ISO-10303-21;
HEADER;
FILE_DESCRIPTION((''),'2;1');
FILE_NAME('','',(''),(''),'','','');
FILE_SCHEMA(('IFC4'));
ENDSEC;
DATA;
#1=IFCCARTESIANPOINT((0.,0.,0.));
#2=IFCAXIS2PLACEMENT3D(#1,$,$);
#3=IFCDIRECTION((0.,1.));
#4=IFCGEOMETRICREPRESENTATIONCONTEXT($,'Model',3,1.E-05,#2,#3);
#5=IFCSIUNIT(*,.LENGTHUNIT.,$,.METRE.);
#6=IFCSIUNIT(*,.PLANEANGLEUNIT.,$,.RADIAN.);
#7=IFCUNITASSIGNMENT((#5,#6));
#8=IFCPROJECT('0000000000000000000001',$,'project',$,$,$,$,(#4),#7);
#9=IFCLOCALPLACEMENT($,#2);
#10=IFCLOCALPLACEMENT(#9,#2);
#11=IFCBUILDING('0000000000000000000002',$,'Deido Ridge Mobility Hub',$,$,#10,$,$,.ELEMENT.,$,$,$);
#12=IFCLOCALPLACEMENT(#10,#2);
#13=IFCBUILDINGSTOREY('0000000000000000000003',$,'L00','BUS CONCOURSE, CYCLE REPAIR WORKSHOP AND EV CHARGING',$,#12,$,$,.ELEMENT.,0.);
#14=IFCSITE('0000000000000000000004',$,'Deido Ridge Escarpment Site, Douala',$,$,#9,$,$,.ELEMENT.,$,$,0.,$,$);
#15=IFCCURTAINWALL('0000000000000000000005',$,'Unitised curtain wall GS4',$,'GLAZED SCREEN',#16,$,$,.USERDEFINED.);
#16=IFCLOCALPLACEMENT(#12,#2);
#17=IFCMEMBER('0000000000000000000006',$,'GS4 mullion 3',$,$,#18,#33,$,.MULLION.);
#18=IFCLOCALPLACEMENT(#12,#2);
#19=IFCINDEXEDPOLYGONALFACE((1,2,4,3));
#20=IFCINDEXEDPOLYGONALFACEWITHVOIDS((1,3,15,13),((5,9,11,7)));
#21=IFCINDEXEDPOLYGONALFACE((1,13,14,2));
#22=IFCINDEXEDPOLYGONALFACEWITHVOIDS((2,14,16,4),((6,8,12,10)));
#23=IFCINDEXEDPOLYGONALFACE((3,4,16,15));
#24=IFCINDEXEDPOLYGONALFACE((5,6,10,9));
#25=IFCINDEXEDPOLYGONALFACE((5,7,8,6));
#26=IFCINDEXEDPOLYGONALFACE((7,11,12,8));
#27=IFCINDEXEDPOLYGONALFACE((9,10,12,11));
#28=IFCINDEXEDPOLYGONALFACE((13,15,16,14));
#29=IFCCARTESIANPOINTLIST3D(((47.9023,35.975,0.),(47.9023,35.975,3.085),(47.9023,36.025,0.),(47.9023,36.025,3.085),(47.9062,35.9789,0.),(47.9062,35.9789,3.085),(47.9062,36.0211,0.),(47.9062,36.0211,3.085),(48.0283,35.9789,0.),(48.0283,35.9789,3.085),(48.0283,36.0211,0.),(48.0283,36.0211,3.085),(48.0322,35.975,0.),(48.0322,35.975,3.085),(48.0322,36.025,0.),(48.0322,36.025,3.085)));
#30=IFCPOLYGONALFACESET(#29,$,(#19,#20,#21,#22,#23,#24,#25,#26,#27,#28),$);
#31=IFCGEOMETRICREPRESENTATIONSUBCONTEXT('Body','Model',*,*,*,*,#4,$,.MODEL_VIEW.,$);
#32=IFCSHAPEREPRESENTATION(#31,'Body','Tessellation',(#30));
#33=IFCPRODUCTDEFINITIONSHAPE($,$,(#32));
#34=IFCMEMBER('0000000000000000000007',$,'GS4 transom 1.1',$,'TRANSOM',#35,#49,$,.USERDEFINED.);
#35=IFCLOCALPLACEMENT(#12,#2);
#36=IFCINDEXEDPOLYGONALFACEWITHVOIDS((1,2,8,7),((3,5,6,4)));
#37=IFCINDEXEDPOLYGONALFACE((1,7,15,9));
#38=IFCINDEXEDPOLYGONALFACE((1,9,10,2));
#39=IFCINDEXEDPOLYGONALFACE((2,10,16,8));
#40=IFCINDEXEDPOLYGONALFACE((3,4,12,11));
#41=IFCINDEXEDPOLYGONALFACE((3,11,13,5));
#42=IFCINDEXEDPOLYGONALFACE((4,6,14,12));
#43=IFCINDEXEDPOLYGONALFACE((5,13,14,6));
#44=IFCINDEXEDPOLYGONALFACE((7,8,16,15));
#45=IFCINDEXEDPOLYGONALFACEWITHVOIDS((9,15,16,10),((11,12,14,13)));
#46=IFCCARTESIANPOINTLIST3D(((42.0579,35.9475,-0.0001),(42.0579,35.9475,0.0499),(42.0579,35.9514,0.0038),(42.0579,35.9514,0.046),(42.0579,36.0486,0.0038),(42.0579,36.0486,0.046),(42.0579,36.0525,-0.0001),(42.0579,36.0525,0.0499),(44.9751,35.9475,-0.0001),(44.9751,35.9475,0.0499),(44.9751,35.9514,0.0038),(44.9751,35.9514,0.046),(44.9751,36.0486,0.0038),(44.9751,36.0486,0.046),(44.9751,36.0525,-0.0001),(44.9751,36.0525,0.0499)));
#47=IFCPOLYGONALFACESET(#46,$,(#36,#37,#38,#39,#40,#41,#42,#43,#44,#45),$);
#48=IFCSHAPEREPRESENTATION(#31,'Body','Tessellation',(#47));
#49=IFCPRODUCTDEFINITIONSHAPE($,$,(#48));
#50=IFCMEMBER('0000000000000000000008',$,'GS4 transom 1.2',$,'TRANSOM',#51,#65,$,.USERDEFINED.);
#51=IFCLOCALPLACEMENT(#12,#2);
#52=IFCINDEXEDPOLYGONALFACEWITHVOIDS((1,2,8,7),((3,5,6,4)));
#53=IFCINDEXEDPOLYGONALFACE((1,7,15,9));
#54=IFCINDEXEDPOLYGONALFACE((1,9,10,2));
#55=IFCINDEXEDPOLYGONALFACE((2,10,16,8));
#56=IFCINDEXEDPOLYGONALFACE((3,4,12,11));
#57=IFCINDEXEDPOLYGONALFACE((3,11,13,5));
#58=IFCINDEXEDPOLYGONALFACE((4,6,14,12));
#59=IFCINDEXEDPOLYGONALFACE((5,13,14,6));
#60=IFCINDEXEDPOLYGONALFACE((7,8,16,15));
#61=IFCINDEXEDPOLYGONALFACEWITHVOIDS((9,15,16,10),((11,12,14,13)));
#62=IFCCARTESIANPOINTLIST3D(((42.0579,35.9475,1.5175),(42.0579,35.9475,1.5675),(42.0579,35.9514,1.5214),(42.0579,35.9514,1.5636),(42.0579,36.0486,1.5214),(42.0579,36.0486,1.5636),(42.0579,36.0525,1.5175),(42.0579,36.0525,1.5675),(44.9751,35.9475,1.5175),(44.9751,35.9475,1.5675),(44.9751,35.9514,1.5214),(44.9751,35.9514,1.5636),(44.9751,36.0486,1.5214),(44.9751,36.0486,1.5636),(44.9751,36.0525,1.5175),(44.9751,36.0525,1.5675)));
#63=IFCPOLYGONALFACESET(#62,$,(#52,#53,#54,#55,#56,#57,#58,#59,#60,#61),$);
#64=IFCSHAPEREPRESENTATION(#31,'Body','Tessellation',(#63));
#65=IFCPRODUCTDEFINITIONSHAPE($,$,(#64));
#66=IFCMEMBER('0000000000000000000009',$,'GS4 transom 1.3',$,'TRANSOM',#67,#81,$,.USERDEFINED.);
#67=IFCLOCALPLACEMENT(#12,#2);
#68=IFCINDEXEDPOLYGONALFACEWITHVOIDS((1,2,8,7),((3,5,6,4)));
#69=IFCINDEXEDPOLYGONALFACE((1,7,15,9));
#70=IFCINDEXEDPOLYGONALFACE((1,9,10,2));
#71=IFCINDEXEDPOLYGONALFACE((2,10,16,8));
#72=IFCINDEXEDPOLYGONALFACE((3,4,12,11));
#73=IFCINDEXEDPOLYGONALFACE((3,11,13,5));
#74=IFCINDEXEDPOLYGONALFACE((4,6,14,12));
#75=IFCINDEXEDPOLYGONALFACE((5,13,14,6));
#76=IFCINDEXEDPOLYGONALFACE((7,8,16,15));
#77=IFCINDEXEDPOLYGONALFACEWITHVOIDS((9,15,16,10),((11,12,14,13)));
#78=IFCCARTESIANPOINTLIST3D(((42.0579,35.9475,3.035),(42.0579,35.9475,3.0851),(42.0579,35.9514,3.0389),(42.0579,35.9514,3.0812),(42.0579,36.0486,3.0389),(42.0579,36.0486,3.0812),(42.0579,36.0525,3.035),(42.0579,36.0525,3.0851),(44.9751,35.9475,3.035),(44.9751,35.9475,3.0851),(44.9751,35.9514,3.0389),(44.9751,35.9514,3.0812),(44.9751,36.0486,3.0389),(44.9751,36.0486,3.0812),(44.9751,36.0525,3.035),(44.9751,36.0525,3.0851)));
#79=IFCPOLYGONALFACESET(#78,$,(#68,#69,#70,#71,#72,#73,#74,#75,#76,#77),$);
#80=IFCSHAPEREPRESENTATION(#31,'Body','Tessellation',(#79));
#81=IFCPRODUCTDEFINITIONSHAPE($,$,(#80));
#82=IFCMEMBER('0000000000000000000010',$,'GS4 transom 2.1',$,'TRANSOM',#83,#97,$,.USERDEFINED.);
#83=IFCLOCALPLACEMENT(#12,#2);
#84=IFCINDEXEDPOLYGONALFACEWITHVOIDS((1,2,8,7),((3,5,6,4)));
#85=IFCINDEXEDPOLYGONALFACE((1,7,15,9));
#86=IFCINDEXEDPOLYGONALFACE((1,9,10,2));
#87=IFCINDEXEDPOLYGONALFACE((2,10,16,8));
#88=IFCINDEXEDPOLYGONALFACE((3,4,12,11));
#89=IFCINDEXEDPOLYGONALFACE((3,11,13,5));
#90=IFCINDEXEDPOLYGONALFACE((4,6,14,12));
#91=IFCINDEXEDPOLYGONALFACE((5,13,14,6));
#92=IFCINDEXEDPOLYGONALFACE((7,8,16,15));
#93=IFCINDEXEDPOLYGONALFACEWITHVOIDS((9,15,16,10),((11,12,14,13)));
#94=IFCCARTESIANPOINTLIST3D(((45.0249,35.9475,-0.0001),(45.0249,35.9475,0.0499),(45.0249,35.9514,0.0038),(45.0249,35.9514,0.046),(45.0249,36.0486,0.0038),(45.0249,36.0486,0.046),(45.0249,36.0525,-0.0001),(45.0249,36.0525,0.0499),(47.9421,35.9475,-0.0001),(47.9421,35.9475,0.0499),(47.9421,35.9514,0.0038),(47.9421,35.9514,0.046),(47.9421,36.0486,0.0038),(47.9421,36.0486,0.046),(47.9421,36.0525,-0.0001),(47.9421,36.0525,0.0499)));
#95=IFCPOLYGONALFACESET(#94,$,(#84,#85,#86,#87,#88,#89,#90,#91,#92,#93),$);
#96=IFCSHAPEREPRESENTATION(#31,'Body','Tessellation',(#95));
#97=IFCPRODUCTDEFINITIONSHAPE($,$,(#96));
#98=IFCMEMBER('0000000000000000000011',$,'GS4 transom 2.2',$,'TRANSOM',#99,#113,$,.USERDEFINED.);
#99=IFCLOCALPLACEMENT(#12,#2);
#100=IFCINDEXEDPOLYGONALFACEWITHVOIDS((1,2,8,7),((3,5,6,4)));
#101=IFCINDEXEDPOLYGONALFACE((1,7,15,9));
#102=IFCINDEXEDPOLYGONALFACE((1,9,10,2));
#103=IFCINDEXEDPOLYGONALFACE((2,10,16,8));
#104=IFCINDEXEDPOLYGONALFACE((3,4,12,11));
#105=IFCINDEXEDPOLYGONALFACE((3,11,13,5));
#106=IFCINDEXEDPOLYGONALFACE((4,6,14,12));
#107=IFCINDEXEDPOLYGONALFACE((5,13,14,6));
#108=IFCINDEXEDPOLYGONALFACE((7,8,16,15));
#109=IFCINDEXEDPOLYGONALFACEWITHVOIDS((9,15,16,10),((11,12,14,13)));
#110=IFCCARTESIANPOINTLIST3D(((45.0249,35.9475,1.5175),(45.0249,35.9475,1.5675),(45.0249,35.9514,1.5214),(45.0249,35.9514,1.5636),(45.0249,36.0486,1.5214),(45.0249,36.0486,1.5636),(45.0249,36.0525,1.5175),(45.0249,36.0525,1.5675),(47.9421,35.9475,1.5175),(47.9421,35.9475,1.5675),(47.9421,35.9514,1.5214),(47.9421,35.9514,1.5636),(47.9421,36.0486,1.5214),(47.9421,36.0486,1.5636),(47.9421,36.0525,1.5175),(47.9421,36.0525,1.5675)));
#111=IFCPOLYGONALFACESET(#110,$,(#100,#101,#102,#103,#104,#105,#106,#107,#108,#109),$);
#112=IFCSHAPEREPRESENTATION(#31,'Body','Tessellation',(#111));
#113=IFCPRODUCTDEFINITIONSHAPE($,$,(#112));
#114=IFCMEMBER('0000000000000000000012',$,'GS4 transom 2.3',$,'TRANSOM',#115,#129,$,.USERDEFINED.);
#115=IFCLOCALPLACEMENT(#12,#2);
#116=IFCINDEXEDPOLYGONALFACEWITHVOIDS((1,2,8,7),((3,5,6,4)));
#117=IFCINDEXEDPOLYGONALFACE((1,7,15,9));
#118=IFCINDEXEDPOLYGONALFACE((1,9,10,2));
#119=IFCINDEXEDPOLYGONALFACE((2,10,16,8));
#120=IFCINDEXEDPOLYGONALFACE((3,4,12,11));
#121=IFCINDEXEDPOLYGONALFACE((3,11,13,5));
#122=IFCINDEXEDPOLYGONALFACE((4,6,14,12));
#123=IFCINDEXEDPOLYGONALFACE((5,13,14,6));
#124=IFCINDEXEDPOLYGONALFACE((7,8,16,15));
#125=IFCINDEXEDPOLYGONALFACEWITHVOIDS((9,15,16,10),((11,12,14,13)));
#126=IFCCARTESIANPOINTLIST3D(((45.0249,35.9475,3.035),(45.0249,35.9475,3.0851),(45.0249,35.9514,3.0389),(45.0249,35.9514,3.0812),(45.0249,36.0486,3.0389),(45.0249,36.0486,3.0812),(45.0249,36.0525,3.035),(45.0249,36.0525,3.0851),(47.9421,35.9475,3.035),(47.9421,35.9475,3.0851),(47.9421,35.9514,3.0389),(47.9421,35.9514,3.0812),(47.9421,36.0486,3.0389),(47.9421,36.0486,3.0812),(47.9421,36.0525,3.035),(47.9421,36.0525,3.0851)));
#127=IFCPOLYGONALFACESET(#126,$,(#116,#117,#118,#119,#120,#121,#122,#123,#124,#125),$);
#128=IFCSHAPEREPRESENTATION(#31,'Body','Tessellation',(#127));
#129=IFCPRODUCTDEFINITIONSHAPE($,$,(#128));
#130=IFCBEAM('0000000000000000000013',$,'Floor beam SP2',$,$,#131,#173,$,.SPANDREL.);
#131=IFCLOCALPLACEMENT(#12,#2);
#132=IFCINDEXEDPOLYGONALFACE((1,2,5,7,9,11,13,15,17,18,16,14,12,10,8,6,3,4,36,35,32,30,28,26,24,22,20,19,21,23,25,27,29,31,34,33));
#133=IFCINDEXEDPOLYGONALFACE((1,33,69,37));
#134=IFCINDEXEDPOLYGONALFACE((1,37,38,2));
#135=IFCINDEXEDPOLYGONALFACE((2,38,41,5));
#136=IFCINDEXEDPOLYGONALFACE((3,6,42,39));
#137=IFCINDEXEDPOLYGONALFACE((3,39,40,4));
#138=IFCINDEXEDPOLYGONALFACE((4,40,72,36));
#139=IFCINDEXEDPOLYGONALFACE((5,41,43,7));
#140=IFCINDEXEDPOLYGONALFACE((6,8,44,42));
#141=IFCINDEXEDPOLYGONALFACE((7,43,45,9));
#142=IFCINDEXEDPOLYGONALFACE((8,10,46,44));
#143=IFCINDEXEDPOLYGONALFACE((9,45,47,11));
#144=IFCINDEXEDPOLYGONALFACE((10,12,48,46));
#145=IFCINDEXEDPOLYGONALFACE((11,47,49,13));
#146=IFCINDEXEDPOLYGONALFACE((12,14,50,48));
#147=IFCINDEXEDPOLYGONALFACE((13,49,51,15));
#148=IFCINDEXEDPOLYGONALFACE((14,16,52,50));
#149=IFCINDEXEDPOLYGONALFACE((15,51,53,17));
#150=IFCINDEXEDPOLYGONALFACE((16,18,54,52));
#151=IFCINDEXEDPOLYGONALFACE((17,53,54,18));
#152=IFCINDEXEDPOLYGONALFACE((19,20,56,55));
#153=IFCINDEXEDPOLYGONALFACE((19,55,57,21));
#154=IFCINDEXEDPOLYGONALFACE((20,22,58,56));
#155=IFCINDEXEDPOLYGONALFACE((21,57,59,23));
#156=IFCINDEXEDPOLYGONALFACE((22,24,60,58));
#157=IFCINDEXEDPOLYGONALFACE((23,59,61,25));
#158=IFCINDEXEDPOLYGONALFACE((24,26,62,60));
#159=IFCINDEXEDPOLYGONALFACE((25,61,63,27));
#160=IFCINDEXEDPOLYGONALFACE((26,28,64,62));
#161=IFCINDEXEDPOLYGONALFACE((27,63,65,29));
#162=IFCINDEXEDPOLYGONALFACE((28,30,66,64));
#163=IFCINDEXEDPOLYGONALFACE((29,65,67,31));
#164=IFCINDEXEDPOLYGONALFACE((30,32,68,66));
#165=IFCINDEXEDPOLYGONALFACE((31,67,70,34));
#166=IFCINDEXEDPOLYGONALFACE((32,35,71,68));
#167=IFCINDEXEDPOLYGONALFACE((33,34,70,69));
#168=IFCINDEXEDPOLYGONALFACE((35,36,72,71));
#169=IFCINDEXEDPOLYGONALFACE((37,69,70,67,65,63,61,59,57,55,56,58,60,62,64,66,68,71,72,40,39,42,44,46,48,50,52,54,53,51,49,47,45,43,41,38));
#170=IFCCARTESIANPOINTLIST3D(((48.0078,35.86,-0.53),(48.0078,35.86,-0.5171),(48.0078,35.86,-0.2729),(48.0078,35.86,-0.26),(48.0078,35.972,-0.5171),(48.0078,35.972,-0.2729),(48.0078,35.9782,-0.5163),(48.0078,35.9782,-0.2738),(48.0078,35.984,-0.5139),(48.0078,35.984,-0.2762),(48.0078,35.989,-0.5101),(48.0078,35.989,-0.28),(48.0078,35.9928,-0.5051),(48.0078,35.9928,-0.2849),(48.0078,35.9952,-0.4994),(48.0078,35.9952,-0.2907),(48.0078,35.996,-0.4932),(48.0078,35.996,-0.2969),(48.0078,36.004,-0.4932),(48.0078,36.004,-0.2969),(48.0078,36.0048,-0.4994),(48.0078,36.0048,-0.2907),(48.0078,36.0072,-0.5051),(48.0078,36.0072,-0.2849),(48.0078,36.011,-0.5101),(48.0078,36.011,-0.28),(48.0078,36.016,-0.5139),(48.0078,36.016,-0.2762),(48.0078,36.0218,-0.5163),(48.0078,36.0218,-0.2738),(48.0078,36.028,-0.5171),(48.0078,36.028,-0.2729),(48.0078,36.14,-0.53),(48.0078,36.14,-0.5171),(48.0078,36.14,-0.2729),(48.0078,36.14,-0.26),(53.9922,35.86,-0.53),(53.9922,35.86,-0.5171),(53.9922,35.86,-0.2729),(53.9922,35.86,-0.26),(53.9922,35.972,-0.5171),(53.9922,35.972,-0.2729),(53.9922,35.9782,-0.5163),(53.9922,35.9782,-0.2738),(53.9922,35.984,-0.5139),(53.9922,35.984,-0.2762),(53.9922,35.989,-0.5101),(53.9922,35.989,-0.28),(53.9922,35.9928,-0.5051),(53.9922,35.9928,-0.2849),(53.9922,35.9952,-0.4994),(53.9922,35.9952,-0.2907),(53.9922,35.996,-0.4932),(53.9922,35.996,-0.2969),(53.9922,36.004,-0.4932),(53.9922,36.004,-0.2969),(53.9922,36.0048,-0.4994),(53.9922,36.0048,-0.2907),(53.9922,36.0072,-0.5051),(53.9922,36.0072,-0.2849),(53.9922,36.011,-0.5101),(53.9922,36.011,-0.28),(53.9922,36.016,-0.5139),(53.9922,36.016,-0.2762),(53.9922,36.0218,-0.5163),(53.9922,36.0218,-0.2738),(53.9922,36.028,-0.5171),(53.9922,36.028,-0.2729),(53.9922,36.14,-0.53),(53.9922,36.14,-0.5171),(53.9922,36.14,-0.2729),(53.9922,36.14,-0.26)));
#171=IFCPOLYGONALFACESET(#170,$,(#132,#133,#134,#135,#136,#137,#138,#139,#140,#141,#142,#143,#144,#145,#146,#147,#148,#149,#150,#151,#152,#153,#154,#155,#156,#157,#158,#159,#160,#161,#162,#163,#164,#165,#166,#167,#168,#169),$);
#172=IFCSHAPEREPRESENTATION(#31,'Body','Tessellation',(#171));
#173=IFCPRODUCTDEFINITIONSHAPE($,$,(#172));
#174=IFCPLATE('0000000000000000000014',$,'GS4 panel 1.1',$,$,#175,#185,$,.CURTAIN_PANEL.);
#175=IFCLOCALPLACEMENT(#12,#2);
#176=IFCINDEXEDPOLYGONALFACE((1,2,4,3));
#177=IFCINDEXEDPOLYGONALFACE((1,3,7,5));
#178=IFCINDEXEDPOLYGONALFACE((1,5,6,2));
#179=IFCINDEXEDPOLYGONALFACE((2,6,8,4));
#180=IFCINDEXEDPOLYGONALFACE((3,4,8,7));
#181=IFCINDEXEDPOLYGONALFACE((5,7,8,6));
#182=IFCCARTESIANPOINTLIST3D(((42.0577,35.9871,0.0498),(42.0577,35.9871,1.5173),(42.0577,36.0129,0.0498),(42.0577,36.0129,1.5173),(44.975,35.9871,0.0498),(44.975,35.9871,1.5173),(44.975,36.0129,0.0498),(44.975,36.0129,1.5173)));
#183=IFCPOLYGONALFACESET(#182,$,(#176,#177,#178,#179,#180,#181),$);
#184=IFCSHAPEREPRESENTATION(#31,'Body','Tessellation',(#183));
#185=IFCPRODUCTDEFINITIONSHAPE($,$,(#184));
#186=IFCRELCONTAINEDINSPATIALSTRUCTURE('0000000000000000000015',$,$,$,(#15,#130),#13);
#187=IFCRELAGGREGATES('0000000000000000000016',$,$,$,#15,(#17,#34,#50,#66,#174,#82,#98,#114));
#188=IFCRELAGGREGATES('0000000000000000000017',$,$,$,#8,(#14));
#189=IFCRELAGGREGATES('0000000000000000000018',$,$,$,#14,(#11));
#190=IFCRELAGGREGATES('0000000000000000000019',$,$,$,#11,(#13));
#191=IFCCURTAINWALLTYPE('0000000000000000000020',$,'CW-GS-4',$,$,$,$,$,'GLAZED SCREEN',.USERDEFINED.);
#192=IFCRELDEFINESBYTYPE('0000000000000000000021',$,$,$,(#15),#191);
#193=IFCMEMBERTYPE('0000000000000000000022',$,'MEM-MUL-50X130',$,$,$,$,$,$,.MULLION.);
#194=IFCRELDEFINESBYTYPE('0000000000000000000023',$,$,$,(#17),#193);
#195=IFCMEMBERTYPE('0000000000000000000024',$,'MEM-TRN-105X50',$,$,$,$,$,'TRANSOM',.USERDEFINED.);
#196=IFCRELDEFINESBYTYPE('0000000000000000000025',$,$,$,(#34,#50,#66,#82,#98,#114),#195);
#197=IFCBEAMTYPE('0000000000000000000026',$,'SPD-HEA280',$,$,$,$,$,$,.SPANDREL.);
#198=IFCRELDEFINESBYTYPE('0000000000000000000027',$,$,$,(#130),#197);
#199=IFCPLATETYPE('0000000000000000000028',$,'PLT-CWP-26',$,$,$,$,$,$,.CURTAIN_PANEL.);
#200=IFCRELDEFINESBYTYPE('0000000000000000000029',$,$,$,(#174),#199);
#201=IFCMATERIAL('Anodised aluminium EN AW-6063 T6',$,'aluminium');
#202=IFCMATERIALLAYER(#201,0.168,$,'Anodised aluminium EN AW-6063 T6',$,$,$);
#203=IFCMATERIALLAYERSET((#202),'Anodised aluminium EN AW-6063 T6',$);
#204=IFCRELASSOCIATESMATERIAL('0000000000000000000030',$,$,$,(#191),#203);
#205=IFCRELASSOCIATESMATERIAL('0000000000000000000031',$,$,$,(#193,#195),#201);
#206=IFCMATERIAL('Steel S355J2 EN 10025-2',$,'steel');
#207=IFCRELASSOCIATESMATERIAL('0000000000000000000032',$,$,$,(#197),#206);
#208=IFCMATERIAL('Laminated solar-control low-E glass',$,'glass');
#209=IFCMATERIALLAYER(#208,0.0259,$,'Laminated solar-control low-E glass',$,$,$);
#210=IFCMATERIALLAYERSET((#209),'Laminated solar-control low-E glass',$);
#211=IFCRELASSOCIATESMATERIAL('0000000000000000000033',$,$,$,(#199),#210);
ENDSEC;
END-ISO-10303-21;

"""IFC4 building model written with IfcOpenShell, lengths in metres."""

from ifc_helpers import new_model, si_unit, direction, frame, origin, origin_2d, place, context, subcontext, project, spatial, rectangle, hollow_rectangle, i_section, extrude, material, layer, layer_set, material_profile, profile_set, type_object, element, aggregate, save


model = new_model("IFC4")

# Units and contexts
model_context = context("Model", 3, precision=1e-05, world=origin(), true_north=direction((0.0, 1.0)))
body_context = subcontext(model_context, "Body", "Model", "MODEL_VIEW")
ifc_project = project(units=[si_unit("LENGTHUNIT", "METRE"), si_unit("PLANEANGLEUNIT", "RADIAN")], contexts=[model_context])

# Site, building, storey
site_placement = place(None, origin())
site = spatial("IfcSite", under=ifc_project, at=site_placement, Name="Deido Ridge Escarpment Site, Douala", CompositionType="ELEMENT", RefElevation=0.0)
building_placement = place(site_placement, origin())
building = spatial("IfcBuilding", under=site, at=building_placement, Name="Deido Ridge Mobility Hub", CompositionType="ELEMENT")
storey_placement = place(building_placement, origin())
storey = spatial("IfcBuildingStorey", under=building, at=storey_placement, Name="L00", Description="BUS CONCOURSE, CYCLE REPAIR WORKSHOP AND EV CHARGING", CompositionType="ELEMENT", Elevation=0.0)

# Shared definitions
ifc_material_1 = material(Name="Steel S355J2 EN 10025-2", Category="steel")

# Curtain wall, members
ifc_material_2 = material(Name="Anodised aluminium EN AW-6063 T6", Category="aluminium")
ifc_layer_1 = layer(ifc_material_2, 0.168, Name="Anodised aluminium EN AW-6063 T6")
ifc_layer_set_1 = layer_set([ifc_layer_1], Name="Anodised aluminium EN AW-6063 T6")
curtain_wall_type = type_object("IfcCurtainWallType", Name="CW-GS-4", ElementType="GLAZED SCREEN", PredefinedType="USERDEFINED", material=ifc_layer_set_1)
curtain_wall_placement = place(storey_placement, origin())
curtain_wall = element("IfcCurtainWall", 1, at=curtain_wall_placement, inside=storey, type_object=curtain_wall_type, Name="Unitised curtain wall GS4", ObjectType="GLAZED SCREEN", PredefinedType="USERDEFINED")
ifc_material_profile_1 = material_profile(ifc_material_2, hollow_rectangle(XDim=0.05, YDim=0.1299, WallThickness=0.0039, at=origin_2d()), Name="RHS 50x130x4")
ifc_profile_set_1 = profile_set([ifc_material_profile_1], Name="Anodised aluminium EN AW-6063 T6")
member_type_1 = type_object("IfcMemberType", Name="MEM-MUL-50X130", PredefinedType="MULLION", material=ifc_profile_set_1)
member_1_placement = place(storey_placement, frame((47.9673, 36.0, 0.0), z_axis=(0.0, 0.0, 1.0), x_axis=(0.0, 1.0, 0.0)))
member_1 = element("IfcMember", 2, at=member_1_placement, type_object=member_type_1, Name="GS4 mullion 3", PredefinedType="MULLION", context=body_context, shape_type="SweptSolid", body=[
    extrude(hollow_rectangle(XDim=0.05, YDim=0.1299, WallThickness=0.0039, at=origin_2d()), origin(), (0.0, 0.0, 1.0), 3.085),
])
ifc_material_profile_2 = material_profile(ifc_material_2, hollow_rectangle(XDim=0.105, YDim=0.05, WallThickness=0.0039, at=origin_2d()), Name="RHS 105x50x4")
ifc_profile_set_2 = profile_set([ifc_material_profile_2], Name="Anodised aluminium EN AW-6063 T6")
member_type_2 = type_object("IfcMemberType", Name="MEM-TRN-105X50", ElementType="TRANSOM", PredefinedType="USERDEFINED", material=ifc_profile_set_2)
member_2_placement = place(storey_placement, frame((42.0579, 36.0, 0.0249), z_axis=(1.0, 0.0, 0.0), x_axis=(0.0, 1.0, 0.0)))
member_2 = element("IfcMember", 3, at=member_2_placement, type_object=member_type_2, Name="GS4 transom 1.1", ObjectType="TRANSOM", PredefinedType="USERDEFINED", context=body_context, shape_type="SweptSolid", body=[
    extrude(hollow_rectangle(XDim=0.105, YDim=0.05, WallThickness=0.0039, at=origin_2d()), origin(), (0.0, 0.0, 1.0), 2.9172),
])
member_3_placement = place(storey_placement, frame((42.0579, 36.0, 1.5425), z_axis=(1.0, 0.0, 0.0), x_axis=(0.0, 1.0, 0.0)))
member_3 = element("IfcMember", 4, at=member_3_placement, type_object=member_type_2, Name="GS4 transom 1.2", ObjectType="TRANSOM", PredefinedType="USERDEFINED", context=body_context, shape_type="SweptSolid", body=[
    extrude(hollow_rectangle(XDim=0.105, YDim=0.05, WallThickness=0.0039, at=origin_2d()), origin(), (0.0, 0.0, 1.0), 2.9172),
])
member_4_placement = place(storey_placement, frame((42.0579, 36.0, 3.0601), z_axis=(1.0, 0.0, 0.0), x_axis=(0.0, 1.0, 0.0)))
member_4 = element("IfcMember", 5, at=member_4_placement, type_object=member_type_2, Name="GS4 transom 1.3", ObjectType="TRANSOM", PredefinedType="USERDEFINED", context=body_context, shape_type="SweptSolid", body=[
    extrude(hollow_rectangle(XDim=0.105, YDim=0.05, WallThickness=0.0039, at=origin_2d()), origin(), (0.0, 0.0, 1.0), 2.9172),
])
member_5_placement = place(storey_placement, frame((45.0249, 36.0, 0.0249), z_axis=(1.0, 0.0, 0.0), x_axis=(0.0, 1.0, 0.0)))
member_5 = element("IfcMember", 6, at=member_5_placement, type_object=member_type_2, Name="GS4 transom 2.1", ObjectType="TRANSOM", PredefinedType="USERDEFINED", context=body_context, shape_type="SweptSolid", body=[
    extrude(hollow_rectangle(XDim=0.105, YDim=0.05, WallThickness=0.0039, at=origin_2d()), origin(), (0.0, 0.0, 1.0), 2.9172),
])
member_6_placement = place(storey_placement, frame((45.0249, 36.0, 1.5425), z_axis=(1.0, 0.0, 0.0), x_axis=(0.0, 1.0, 0.0)))
member_6 = element("IfcMember", 7, at=member_6_placement, type_object=member_type_2, Name="GS4 transom 2.2", ObjectType="TRANSOM", PredefinedType="USERDEFINED", context=body_context, shape_type="SweptSolid", body=[
    extrude(hollow_rectangle(XDim=0.105, YDim=0.05, WallThickness=0.0039, at=origin_2d()), origin(), (0.0, 0.0, 1.0), 2.9172),
])
member_7_placement = place(storey_placement, frame((45.0249, 36.0, 3.0601), z_axis=(1.0, 0.0, 0.0), x_axis=(0.0, 1.0, 0.0)))
member_7 = element("IfcMember", 8, at=member_7_placement, type_object=member_type_2, Name="GS4 transom 2.3", ObjectType="TRANSOM", PredefinedType="USERDEFINED", context=body_context, shape_type="SweptSolid", body=[
    extrude(hollow_rectangle(XDim=0.105, YDim=0.05, WallThickness=0.0039, at=origin_2d()), origin(), (0.0, 0.0, 1.0), 2.9172),
])

# Beam
ifc_material_profile_3 = material_profile(ifc_material_1, i_section(OverallWidth=0.28, OverallDepth=0.27, WebThickness=0.0081, FlangeThickness=0.0129, FilletRadius=0.0239, at=origin_2d()), Name="HEA 280")
ifc_profile_set_3 = profile_set([ifc_material_profile_3], Name="Steel S355J2 EN 10025-2")
beam_type_1 = type_object("IfcBeamType", Name="SPD-HEA280", PredefinedType="SPANDREL", material=ifc_profile_set_3)
beam_1_placement = place(storey_placement, frame((48.0078, 36.0, -0.395), z_axis=(1.0, 0.0, 0.0), x_axis=(0.0, 1.0, 0.0)))
element("IfcBeam", 9, at=beam_1_placement, inside=storey, type_object=beam_type_1, Name="Floor beam SP2", PredefinedType="SPANDREL", context=body_context, shape_type="SweptSolid", body=[
    extrude(i_section(OverallWidth=0.28, OverallDepth=0.27, WebThickness=0.0081, FlangeThickness=0.0129, FilletRadius=0.0239, at=origin_2d()), origin(), (0.0, 0.0, 1.0), 5.9844),
])

# Plate
ifc_material_3 = material(Name="Laminated solar-control low-E glass", Category="glass")
ifc_layer_2 = layer(ifc_material_3, 0.0259, Name="Laminated solar-control low-E glass")
ifc_layer_set_2 = layer_set([ifc_layer_2], Name="Laminated solar-control low-E glass")
plate_type_1 = type_object("IfcPlateType", Name="PLT-CWP-26", PredefinedType="CURTAIN_PANEL", material=ifc_layer_set_2)
plate_1_placement = place(storey_placement, frame((43.5164, 36.0, 0.0498), z_axis=(0.0, 0.0, 1.0), x_axis=(1.0, 0.0, 0.0)))
plate_1 = element("IfcPlate", 10, at=plate_1_placement, type_object=plate_type_1, Name="GS4 panel 1.1", PredefinedType="CURTAIN_PANEL", context=body_context, shape_type="SweptSolid", body=[
    extrude(rectangle(XDim=2.9172, YDim=0.0259, at=origin_2d()), origin(), (0.0, 0.0, 1.0), 1.4675),
])
aggregate(curtain_wall, [member_1, member_2, member_3, member_4, plate_1, member_5, member_6, member_7])

save(model, "model.ifc")
